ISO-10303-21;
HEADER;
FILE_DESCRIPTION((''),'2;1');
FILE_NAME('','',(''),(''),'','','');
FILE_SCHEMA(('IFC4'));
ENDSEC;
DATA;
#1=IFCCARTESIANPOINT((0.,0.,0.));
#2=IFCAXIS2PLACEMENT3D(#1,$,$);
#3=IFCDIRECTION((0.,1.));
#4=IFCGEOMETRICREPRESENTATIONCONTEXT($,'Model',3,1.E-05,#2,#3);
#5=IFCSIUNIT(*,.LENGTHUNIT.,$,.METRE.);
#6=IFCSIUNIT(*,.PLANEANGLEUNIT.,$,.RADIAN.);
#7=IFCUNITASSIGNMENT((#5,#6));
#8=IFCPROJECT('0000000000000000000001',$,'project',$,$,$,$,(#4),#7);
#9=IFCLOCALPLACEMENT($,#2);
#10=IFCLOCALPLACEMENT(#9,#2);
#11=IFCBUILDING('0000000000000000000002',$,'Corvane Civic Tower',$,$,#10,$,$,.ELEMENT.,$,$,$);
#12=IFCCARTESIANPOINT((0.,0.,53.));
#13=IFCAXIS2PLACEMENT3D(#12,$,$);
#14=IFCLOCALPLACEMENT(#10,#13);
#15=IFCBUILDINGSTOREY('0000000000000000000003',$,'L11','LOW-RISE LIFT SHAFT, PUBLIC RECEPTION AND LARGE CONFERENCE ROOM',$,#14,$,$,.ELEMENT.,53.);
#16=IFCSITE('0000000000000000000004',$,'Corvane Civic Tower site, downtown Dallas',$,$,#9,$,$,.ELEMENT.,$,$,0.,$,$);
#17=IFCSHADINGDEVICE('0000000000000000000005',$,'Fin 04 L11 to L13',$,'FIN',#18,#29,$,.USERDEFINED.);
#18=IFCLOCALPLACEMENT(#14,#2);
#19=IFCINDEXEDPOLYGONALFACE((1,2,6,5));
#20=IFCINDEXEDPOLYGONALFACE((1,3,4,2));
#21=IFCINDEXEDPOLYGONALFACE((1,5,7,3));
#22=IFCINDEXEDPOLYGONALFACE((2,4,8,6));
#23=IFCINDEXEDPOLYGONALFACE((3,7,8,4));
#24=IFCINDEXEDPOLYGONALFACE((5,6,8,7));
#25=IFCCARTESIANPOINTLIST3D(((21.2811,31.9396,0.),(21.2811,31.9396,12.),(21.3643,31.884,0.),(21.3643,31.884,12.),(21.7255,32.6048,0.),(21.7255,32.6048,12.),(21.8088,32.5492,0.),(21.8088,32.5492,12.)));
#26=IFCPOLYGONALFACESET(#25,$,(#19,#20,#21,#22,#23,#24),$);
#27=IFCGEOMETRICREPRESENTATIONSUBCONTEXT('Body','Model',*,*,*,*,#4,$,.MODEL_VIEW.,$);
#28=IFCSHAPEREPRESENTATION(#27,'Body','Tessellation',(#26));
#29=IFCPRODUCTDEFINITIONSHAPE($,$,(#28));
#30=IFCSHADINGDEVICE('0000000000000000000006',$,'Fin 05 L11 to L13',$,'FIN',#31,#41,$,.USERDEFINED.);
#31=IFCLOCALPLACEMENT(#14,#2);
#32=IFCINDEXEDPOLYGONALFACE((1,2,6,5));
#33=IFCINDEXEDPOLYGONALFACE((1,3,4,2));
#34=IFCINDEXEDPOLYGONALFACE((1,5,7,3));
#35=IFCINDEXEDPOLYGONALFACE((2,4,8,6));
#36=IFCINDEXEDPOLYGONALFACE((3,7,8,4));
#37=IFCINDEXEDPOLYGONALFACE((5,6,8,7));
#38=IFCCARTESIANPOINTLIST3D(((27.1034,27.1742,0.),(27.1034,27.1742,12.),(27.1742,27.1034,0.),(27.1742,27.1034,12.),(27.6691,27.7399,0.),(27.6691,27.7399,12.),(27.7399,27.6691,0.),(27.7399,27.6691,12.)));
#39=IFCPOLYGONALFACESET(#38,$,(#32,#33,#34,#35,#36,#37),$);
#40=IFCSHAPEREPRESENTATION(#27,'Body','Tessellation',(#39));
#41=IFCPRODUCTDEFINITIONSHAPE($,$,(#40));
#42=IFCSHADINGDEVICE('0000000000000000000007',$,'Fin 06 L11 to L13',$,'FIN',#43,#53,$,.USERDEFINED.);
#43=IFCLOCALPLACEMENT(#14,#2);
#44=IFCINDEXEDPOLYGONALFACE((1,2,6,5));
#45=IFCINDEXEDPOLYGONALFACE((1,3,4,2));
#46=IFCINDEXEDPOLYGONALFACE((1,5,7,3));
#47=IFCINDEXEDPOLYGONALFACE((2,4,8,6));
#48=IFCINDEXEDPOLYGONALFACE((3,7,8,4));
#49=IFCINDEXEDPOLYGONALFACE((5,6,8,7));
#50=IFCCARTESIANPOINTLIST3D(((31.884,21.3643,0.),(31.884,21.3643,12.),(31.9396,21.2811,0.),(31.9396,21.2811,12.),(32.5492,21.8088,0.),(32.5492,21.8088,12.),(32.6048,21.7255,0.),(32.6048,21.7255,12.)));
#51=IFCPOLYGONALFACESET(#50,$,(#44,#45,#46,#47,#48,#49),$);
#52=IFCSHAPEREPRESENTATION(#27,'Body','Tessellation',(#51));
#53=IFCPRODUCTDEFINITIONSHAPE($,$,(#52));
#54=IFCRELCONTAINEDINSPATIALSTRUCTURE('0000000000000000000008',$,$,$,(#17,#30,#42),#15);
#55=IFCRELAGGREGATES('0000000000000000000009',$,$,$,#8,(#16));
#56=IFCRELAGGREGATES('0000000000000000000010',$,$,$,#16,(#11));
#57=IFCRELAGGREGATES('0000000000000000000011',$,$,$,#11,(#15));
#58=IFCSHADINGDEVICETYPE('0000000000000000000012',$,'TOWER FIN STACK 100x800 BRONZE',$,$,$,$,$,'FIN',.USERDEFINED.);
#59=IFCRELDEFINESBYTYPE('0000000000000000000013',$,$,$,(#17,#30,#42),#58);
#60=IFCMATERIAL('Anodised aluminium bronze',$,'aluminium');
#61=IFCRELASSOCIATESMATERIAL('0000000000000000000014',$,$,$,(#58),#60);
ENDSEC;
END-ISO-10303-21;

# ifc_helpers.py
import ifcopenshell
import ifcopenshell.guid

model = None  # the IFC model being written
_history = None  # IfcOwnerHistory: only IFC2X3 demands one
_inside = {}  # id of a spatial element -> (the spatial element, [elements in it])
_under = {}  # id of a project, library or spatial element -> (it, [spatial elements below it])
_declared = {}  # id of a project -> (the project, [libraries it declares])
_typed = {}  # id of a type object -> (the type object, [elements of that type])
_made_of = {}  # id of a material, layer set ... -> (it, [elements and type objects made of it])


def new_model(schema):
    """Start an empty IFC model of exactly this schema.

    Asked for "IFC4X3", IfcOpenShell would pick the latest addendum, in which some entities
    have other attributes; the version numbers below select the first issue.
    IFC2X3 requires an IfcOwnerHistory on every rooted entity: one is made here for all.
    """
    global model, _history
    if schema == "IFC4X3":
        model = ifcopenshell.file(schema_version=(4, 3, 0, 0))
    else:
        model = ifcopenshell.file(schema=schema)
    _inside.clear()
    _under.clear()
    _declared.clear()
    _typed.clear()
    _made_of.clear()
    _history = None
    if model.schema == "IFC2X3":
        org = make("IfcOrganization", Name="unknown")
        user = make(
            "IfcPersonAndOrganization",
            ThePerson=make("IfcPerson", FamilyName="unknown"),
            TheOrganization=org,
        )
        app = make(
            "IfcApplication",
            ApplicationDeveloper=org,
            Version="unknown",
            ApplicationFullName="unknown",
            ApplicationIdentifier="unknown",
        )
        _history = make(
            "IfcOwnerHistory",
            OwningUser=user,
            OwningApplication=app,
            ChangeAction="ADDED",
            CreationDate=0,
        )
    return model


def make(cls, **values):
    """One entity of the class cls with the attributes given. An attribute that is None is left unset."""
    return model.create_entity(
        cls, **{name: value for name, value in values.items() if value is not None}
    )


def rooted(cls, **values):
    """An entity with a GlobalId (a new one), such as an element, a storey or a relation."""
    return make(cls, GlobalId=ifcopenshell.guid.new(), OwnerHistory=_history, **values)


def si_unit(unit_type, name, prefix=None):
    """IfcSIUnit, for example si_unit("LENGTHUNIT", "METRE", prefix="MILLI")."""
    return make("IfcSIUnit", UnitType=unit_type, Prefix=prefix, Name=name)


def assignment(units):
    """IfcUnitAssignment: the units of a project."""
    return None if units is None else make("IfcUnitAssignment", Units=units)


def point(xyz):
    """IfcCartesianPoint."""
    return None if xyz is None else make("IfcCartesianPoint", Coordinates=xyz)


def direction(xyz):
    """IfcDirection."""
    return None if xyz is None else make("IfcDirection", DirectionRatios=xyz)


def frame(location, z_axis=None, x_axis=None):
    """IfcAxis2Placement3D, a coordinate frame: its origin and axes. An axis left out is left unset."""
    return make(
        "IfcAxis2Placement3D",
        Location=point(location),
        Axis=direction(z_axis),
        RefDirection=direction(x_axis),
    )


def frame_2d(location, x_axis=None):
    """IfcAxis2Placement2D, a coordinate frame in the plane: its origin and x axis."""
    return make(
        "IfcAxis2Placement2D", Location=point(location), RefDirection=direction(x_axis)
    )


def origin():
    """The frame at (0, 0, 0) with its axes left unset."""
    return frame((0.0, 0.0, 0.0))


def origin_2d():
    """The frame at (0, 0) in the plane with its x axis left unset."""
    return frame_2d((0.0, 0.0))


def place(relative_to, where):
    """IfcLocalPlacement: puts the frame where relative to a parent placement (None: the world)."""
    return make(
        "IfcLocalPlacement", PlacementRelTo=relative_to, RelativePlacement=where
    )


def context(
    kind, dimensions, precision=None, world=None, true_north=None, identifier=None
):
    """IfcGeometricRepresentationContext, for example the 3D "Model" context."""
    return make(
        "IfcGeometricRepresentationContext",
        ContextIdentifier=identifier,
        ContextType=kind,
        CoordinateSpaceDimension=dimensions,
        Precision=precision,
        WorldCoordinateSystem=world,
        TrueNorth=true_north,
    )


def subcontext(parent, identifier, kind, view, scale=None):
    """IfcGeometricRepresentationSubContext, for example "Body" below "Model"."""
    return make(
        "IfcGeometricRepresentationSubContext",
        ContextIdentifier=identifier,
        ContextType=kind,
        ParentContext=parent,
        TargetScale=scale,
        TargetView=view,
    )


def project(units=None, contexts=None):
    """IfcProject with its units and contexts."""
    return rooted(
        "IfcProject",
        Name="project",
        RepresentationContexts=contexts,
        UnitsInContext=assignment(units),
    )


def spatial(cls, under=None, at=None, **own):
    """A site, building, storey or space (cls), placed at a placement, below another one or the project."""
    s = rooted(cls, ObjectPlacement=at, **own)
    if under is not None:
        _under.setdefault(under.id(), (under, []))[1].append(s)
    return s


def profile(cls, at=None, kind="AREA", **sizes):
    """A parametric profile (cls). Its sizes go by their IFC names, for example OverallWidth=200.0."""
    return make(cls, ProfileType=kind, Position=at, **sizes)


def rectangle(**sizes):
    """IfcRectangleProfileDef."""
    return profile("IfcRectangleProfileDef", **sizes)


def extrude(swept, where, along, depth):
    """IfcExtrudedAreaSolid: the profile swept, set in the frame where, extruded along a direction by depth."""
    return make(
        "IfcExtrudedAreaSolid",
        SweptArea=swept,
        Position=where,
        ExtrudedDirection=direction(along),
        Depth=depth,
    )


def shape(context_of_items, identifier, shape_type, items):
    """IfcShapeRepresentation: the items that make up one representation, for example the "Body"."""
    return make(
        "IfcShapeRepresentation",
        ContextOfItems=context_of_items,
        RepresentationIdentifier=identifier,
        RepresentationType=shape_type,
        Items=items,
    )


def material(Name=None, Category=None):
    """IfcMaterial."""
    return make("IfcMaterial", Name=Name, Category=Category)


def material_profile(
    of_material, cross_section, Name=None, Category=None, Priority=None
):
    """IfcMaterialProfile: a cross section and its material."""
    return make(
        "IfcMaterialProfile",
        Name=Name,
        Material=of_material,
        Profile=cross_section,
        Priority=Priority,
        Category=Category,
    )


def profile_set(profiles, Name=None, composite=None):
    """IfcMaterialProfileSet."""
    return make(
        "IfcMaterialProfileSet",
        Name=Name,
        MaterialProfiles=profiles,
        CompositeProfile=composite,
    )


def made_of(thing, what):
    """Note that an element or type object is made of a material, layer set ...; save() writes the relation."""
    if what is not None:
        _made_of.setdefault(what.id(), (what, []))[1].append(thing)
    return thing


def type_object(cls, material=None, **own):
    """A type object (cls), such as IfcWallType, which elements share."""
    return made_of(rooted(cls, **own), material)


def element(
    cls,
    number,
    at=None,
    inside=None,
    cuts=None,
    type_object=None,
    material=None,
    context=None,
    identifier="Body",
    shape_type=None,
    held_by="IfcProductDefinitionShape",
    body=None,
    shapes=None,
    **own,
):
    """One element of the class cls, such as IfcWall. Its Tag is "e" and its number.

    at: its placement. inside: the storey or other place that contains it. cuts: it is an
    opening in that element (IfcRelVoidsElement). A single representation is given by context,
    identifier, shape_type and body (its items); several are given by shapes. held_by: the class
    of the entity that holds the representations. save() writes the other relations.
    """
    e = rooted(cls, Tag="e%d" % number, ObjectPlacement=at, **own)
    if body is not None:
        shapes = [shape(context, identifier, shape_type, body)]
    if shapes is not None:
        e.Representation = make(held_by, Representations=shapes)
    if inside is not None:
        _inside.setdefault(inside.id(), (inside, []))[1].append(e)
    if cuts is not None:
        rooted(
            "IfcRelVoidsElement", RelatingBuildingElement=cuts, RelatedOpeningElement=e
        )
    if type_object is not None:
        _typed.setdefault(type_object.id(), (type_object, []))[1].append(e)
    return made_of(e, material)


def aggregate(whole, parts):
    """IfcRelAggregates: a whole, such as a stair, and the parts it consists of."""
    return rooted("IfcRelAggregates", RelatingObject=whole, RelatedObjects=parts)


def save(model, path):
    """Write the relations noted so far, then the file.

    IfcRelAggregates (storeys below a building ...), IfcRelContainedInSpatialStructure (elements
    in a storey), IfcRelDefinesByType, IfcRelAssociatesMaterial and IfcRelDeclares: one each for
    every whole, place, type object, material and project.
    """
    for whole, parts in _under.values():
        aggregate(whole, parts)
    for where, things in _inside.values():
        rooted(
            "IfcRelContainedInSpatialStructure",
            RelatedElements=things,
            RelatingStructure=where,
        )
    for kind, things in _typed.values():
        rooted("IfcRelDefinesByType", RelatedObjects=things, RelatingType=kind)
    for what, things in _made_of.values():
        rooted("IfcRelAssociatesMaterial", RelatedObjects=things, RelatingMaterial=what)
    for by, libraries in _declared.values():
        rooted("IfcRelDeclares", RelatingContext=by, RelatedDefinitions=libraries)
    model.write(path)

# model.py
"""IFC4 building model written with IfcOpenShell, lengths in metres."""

from ifc_helpers import new_model, si_unit, direction, frame, origin, origin_2d, place, context, subcontext, project, spatial, rectangle, extrude, material, material_profile, profile_set, type_object, element, save


model = new_model("IFC4")

# Units and contexts
model_context = context("Model", 3, precision=1e-05, world=origin(), true_north=direction((0.0, 1.0)))
body_context = subcontext(model_context, "Body", "Model", "MODEL_VIEW")
ifc_project = project(units=[si_unit("LENGTHUNIT", "METRE"), si_unit("PLANEANGLEUNIT", "RADIAN")], contexts=[model_context])

# Site, building, storey
site_placement = place(None, origin())
site = spatial("IfcSite", under=ifc_project, at=site_placement, Name="Corvane Civic Tower site, downtown Dallas", CompositionType="ELEMENT", RefElevation=0.0)
building_placement = place(site_placement, origin())
building = spatial("IfcBuilding", under=site, at=building_placement, Name="Corvane Civic Tower", CompositionType="ELEMENT")
storey_placement = place(building_placement, frame((0.0, 0.0, 53.0)))
storey = spatial("IfcBuildingStorey", under=building, at=storey_placement, Name="L11", Description="LOW-RISE LIFT SHAFT, PUBLIC RECEPTION AND LARGE CONFERENCE ROOM", CompositionType="ELEMENT", Elevation=53.0)

# Shading devices
ifc_material_1 = material(Name="Anodised aluminium bronze", Category="aluminium")
ifc_material_profile_1 = material_profile(ifc_material_1, rectangle(XDim=0.1001, YDim=0.8, at=origin_2d()), Name="TOWER FIN STACK 100x800 BRONZE")
ifc_profile_set_1 = profile_set([ifc_material_profile_1], Name="Anodised aluminium bronze")
shading_device_type = type_object("IfcShadingDeviceType", Name="TOWER FIN STACK 100x800 BRONZE", ElementType="FIN", PredefinedType="USERDEFINED", material=ifc_profile_set_1)
for number, where, z_axis, x_axis, name in (
    (1, (21.5449, 32.2444, 0.0), (0.0, 0.0, 1.0), (0.83147, -0.55557, 0.0), "Fin 04 L11 to L13"),
    (2, (27.4216, 27.4216, 0.0), (0.0, 0.0, 1.0), (0.707107, -0.707107, 0.0), "Fin 05 L11 to L13"),
    (3, (32.2444, 21.5449, 0.0), (0.0, 0.0, 1.0), (0.55557, -0.83147, 0.0), "Fin 06 L11 to L13"),
):
    element("IfcShadingDevice", number, at=place(storey_placement, frame(where, z_axis=z_axis, x_axis=x_axis)), inside=storey, type_object=shading_device_type, Name=name, ObjectType="FIN", PredefinedType="USERDEFINED", context=body_context, shape_type="SweptSolid", body=[
        extrude(rectangle(XDim=0.1001, YDim=0.8, at=origin_2d()), origin(), (0.0, 0.0, 1.0), 12.0),
    ])

save(model, "model.ifc")
